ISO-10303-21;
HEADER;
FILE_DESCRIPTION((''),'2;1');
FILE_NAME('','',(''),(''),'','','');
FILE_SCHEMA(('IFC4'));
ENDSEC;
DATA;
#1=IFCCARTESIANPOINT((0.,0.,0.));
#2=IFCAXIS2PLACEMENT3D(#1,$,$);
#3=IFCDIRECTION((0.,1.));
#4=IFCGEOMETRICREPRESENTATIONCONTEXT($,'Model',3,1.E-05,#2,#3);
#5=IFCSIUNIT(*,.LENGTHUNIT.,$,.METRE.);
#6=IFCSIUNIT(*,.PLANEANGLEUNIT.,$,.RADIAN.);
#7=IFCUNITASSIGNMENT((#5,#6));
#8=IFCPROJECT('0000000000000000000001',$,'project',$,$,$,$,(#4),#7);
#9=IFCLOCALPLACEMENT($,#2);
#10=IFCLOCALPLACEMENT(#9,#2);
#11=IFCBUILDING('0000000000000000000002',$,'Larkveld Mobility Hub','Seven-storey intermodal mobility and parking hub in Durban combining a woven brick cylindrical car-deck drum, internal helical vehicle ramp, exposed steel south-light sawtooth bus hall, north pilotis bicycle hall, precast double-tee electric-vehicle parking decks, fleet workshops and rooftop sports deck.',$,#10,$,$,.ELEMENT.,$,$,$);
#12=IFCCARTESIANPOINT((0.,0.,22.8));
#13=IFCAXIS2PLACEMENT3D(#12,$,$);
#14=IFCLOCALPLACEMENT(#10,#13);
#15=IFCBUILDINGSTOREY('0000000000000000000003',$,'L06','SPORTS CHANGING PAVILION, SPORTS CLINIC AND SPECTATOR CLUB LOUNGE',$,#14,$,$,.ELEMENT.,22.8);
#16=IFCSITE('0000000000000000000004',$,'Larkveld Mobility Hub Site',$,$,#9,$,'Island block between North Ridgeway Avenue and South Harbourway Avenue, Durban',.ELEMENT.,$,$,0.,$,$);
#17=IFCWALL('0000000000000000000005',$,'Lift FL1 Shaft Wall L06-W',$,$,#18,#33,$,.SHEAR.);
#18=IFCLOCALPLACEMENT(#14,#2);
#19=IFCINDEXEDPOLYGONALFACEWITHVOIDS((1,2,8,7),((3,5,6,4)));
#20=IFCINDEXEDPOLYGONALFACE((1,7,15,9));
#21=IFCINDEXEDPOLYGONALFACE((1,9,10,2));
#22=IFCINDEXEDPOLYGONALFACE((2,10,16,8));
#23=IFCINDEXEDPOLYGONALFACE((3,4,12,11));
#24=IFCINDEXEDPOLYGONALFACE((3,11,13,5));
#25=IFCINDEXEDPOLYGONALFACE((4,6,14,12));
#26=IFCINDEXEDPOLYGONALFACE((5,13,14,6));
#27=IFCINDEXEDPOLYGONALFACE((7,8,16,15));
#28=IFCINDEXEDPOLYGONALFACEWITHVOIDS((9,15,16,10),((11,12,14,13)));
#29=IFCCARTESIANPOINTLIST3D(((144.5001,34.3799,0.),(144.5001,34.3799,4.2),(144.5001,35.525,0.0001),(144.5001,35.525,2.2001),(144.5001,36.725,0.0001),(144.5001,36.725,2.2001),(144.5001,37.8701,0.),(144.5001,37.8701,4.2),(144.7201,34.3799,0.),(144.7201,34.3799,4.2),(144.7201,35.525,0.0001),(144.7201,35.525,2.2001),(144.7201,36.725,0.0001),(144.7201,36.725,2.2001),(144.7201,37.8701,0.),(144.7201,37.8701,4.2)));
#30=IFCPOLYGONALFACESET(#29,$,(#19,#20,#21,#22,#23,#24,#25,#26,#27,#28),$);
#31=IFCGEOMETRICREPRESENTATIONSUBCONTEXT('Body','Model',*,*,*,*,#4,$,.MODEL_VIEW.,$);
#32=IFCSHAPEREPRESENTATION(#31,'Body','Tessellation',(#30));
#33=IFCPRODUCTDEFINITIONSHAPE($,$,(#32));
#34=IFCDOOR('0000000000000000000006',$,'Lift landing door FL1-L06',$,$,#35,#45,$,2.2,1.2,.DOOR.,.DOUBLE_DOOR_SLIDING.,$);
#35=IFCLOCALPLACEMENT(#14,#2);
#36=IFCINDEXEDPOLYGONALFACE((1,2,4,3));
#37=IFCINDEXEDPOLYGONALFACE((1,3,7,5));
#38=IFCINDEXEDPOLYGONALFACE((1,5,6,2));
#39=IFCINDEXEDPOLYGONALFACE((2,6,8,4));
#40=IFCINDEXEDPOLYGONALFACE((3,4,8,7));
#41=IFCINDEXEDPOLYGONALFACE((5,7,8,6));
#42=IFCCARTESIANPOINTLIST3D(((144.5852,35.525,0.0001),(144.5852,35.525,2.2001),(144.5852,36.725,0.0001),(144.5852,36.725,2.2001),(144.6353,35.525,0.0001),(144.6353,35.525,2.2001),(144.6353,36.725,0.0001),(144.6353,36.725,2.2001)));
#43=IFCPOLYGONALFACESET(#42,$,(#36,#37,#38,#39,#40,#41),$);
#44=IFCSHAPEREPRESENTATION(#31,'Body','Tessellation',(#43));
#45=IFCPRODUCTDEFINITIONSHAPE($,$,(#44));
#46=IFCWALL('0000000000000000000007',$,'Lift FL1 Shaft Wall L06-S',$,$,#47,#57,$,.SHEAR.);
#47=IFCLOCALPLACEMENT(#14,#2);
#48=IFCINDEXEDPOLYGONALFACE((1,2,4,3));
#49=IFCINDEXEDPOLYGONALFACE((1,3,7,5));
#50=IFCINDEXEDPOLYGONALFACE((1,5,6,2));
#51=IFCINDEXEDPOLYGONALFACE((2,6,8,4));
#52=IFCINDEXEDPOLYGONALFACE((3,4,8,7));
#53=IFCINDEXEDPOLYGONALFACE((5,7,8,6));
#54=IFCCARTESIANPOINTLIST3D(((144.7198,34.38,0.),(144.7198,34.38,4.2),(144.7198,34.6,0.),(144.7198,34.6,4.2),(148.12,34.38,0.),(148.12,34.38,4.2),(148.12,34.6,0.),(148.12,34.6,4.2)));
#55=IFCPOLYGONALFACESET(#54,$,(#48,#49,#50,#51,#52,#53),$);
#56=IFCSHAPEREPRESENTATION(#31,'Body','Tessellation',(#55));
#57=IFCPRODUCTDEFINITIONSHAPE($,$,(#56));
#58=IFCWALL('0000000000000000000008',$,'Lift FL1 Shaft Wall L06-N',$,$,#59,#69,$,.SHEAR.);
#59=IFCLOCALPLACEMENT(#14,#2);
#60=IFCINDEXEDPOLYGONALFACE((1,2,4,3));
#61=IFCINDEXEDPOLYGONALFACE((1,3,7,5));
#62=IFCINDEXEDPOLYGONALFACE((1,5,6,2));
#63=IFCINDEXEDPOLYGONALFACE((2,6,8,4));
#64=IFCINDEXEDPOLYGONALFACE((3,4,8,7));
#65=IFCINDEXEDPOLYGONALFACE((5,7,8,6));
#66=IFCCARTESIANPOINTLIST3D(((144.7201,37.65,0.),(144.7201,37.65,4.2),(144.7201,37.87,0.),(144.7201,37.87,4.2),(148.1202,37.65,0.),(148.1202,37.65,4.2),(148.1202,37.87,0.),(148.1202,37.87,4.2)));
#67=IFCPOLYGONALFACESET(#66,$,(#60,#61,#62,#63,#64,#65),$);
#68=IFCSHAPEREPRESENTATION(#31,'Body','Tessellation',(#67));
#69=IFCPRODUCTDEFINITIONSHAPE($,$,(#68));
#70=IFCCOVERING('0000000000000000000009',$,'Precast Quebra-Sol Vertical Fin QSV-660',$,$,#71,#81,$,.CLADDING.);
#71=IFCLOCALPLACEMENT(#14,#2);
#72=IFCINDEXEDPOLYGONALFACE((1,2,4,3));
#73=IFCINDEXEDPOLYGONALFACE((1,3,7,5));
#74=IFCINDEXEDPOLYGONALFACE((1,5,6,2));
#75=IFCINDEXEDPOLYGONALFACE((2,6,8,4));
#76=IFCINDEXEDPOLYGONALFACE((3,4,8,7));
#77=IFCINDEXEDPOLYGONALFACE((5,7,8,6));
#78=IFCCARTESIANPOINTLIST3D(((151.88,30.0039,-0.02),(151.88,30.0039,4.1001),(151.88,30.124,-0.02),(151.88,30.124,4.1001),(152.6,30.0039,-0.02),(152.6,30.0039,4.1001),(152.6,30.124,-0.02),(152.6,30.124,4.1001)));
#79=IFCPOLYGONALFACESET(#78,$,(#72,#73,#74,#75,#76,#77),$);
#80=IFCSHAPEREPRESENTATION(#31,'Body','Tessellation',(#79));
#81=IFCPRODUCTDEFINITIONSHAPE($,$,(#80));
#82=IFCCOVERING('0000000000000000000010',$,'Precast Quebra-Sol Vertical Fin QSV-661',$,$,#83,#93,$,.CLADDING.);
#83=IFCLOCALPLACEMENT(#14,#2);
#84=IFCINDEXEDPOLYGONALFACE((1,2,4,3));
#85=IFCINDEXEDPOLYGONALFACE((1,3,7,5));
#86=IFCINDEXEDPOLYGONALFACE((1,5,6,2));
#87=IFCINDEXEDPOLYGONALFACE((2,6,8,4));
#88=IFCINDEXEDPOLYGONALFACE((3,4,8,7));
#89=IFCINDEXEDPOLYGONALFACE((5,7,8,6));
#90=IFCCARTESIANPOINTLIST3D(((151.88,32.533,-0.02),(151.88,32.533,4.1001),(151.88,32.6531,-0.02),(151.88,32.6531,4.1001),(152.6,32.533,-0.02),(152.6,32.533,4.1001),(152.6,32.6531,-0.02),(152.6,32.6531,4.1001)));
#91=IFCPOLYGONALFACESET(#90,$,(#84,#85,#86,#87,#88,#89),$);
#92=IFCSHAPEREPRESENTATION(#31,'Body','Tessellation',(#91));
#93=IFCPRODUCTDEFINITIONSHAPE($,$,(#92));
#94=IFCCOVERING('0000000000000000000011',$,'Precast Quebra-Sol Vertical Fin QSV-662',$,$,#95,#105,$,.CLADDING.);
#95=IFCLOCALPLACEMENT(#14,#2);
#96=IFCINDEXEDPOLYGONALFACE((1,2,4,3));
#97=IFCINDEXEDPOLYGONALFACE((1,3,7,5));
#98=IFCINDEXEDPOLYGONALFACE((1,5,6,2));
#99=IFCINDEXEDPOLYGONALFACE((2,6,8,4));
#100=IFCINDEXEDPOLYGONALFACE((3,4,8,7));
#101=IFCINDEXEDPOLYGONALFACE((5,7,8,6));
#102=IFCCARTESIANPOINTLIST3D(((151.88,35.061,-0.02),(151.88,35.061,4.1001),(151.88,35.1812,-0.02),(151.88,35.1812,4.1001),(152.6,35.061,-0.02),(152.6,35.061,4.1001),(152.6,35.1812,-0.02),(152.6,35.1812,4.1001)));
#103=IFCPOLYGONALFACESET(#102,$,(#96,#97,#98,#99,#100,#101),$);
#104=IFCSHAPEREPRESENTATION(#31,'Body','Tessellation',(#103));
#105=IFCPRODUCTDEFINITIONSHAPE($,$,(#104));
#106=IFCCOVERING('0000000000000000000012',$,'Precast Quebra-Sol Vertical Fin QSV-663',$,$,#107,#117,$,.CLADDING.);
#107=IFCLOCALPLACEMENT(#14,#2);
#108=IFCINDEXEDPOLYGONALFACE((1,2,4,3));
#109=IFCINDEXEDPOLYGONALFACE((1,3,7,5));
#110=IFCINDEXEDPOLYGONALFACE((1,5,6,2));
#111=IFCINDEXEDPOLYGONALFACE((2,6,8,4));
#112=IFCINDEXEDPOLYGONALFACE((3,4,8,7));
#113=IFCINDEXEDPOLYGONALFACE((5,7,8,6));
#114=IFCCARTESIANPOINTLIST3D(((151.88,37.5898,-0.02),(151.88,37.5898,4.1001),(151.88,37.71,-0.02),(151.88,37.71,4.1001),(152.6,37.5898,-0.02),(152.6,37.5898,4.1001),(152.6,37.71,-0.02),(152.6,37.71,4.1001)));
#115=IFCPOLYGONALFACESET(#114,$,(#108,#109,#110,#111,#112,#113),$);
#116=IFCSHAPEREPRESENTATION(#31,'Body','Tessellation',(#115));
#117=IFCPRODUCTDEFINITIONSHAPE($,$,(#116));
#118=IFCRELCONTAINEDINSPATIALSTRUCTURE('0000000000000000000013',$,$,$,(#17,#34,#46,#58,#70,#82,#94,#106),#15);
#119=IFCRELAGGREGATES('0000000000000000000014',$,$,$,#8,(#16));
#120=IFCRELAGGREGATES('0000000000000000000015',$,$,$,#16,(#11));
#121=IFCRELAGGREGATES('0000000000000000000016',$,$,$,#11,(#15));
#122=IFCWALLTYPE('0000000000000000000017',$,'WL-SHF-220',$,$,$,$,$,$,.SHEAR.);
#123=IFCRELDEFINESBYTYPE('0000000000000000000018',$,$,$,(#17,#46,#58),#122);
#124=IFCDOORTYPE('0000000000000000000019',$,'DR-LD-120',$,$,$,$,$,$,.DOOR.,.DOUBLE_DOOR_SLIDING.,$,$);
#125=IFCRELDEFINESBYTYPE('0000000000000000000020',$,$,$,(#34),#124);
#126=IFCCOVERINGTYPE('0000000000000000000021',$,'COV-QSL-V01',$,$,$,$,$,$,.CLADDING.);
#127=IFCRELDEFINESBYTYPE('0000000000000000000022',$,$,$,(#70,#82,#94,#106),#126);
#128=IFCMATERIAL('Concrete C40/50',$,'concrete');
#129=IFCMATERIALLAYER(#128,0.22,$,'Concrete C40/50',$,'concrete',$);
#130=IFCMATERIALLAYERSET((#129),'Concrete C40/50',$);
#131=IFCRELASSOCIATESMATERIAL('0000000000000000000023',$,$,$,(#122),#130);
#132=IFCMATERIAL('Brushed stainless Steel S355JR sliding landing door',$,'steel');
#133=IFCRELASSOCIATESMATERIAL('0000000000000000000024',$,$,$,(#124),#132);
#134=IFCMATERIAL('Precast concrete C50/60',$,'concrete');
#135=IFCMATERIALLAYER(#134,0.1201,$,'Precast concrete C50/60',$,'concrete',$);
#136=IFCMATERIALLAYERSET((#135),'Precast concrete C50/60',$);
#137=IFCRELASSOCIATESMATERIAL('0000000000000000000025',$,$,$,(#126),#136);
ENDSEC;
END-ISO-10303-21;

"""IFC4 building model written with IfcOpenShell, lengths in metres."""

from ifc_helpers import new_model, si_unit, direction, frame, frame_2d, origin, origin_2d, place, context, subcontext, project, spatial, rectangle, extrude, material, layer, layer_set, type_object, element, fill, save


model = new_model("IFC4")

# Units and contexts
model_context = context("Model", 3, precision=1e-05, world=origin(), true_north=direction((0.0, 1.0)))
body_context = subcontext(model_context, "Body", "Model", "MODEL_VIEW")
ifc_project = project(units=[si_unit("LENGTHUNIT", "METRE"), si_unit("PLANEANGLEUNIT", "RADIAN")], contexts=[model_context])

# Site, building, storey
site_placement = place(None, origin())
site = spatial("IfcSite", under=ifc_project, at=site_placement, Name="Larkveld Mobility Hub Site", LongName="Island block between North Ridgeway Avenue and South Harbourway Avenue, Durban", CompositionType="ELEMENT", RefElevation=0.0)
building_placement = place(site_placement, origin())
building = spatial("IfcBuilding", under=site, at=building_placement, Name="Larkveld Mobility Hub", Description="Seven-storey intermodal mobility and parking hub in Durban combining a woven brick cylindrical car-deck drum, internal helical vehicle ramp, exposed steel south-light sawtooth bus hall, north pilotis bicycle hall, precast double-tee electric-vehicle parking decks, fleet workshops and rooftop sports deck.", CompositionType="ELEMENT")
storey_placement = place(building_placement, frame((0.0, 0.0, 22.8)))
storey = spatial("IfcBuildingStorey", under=building, at=storey_placement, Name="L06", Description="SPORTS CHANGING PAVILION, SPORTS CLINIC AND SPECTATOR CLUB LOUNGE", CompositionType="ELEMENT", Elevation=22.8)

# Shared definitions
ifc_material_1 = material(Name="Concrete C40/50", Category="concrete")

# Wall, opening, door
ifc_layer_1 = layer(ifc_material_1, 0.22, Name="Concrete C40/50", Category="concrete")
ifc_layer_set_1 = layer_set([ifc_layer_1], Name="Concrete C40/50")
wall_type_1 = type_object("IfcWallType", Name="WL-SHF-220", PredefinedType="SHEAR", material=ifc_layer_set_1)
wall_1_placement = place(storey_placement, frame((144.6101, 34.3799, 0.0), z_axis=(0.0, 0.0, 1.0), x_axis=(0.0, 1.0, 0.0)))
wall_1 = element("IfcWall", 1, at=wall_1_placement, inside=storey, type_object=wall_type_1, Name="Lift FL1 Shaft Wall L06-W", PredefinedType="SHEAR", context=body_context, shape_type="SweptSolid", body=[
    extrude(rectangle(XDim=3.4902, YDim=0.22, at=frame_2d((1.7451, 0.0))), origin(), (0.0, 0.0, 1.0), 4.2),
])
opening_1_placement = place(wall_1_placement, frame((1.145, 0.0, 0.0)))
opening_1 = element("IfcOpeningElement", 2, at=opening_1_placement, cuts=wall_1, PredefinedType="OPENING", context=body_context, shape_type="SweptSolid", body=[
    extrude(rectangle(XDim=1.2, YDim=2.2, at=frame_2d((0.6001, 1.1001))), frame((0.0, 0.1201, 0.0), z_axis=(0.0, -1.0, 0.0), x_axis=(1.0, 0.0, 0.0)), (0.0, 0.0, 1.0), 0.24),
])
ifc_material_2 = material(Name="Brushed stainless Steel S355JR sliding landing door", Category="steel")
door_type_1 = type_object("IfcDoorType", Name="DR-LD-120", OperationType="DOUBLE_DOOR_SLIDING", PredefinedType="DOOR", material=ifc_material_2)
door_1_placement = place(opening_1_placement, origin())
door_1 = element("IfcDoor", 3, at=door_1_placement, inside=storey, type_object=door_type_1, Name="Lift landing door FL1-L06", OperationType="DOUBLE_DOOR_SLIDING", OverallHeight=2.2, OverallWidth=1.2, PredefinedType="DOOR", context=body_context, shape_type="SweptSolid", body=[
    extrude(rectangle(XDim=1.2, YDim=2.2, at=frame_2d((0.6001, 1.1001))), frame((0.0, 0.0249, 0.0), z_axis=(0.0, -1.0, 0.0), x_axis=(1.0, 0.0, 0.0)), (0.0, 0.0, 1.0), 0.05),
])
fill(opening_1, door_1)

# Walls
for number, where, z_axis, x_axis, name in (
    (4, (148.1201, 34.49, 0.0), (0.0, 0.0, 1.0), (-1.0, 0.0, 0.0), "Lift FL1 Shaft Wall L06-S"),
    (5, (144.72, 37.76, 0.0), (0.0, 0.0, 1.0), (1.0, 0.0, 0.0), "Lift FL1 Shaft Wall L06-N"),
):
    element("IfcWall", number, at=place(storey_placement, frame(where, z_axis=z_axis, x_axis=x_axis)), inside=storey, type_object=wall_type_1, Name=name, PredefinedType="SHEAR", context=body_context, shape_type="SweptSolid", body=[
        extrude(rectangle(XDim=3.4001, YDim=0.22, at=frame_2d((1.7002, 0.0))), origin(), (0.0, 0.0, 1.0), 4.2),
    ])

# Coverings
ifc_material_3 = material(Name="Precast concrete C50/60", Category="concrete")
ifc_layer_2 = layer(ifc_material_3, 0.1201, Name="Precast concrete C50/60", Category="concrete")
ifc_layer_set_2 = layer_set([ifc_layer_2], Name="Precast concrete C50/60")
covering_type = type_object("IfcCoveringType", Name="COV-QSL-V01", PredefinedType="CLADDING", material=ifc_layer_set_2)
for number, where, z_axis, x_axis, name in (
    (6, (152.24, 30.064, -0.02), (0.0, 0.0, 1.0), (0.0, 1.0, 0.0), "Precast Quebra-Sol Vertical Fin QSV-660"),
    (7, (152.24, 32.593, -0.02), (0.0, 0.0, 1.0), (0.0, 1.0, 0.0), "Precast Quebra-Sol Vertical Fin QSV-661"),
    (8, (152.24, 35.1211, -0.02), (0.0, 0.0, 1.0), (0.0, 1.0, 0.0), "Precast Quebra-Sol Vertical Fin QSV-662"),
    (9, (152.24, 37.6499, -0.02), (0.0, 0.0, 1.0), (0.0, 1.0, 0.0), "Precast Quebra-Sol Vertical Fin QSV-663"),
):
    element("IfcCovering", number, at=place(storey_placement, frame(where, z_axis=z_axis, x_axis=x_axis)), inside=storey, type_object=covering_type, Name=name, PredefinedType="CLADDING", context=body_context, shape_type="SweptSolid", body=[
        extrude(rectangle(XDim=0.1201, YDim=0.72, at=origin_2d()), origin(), (0.0, 0.0, 1.0), 4.1201),
    ])

save(model, "model.ifc")
